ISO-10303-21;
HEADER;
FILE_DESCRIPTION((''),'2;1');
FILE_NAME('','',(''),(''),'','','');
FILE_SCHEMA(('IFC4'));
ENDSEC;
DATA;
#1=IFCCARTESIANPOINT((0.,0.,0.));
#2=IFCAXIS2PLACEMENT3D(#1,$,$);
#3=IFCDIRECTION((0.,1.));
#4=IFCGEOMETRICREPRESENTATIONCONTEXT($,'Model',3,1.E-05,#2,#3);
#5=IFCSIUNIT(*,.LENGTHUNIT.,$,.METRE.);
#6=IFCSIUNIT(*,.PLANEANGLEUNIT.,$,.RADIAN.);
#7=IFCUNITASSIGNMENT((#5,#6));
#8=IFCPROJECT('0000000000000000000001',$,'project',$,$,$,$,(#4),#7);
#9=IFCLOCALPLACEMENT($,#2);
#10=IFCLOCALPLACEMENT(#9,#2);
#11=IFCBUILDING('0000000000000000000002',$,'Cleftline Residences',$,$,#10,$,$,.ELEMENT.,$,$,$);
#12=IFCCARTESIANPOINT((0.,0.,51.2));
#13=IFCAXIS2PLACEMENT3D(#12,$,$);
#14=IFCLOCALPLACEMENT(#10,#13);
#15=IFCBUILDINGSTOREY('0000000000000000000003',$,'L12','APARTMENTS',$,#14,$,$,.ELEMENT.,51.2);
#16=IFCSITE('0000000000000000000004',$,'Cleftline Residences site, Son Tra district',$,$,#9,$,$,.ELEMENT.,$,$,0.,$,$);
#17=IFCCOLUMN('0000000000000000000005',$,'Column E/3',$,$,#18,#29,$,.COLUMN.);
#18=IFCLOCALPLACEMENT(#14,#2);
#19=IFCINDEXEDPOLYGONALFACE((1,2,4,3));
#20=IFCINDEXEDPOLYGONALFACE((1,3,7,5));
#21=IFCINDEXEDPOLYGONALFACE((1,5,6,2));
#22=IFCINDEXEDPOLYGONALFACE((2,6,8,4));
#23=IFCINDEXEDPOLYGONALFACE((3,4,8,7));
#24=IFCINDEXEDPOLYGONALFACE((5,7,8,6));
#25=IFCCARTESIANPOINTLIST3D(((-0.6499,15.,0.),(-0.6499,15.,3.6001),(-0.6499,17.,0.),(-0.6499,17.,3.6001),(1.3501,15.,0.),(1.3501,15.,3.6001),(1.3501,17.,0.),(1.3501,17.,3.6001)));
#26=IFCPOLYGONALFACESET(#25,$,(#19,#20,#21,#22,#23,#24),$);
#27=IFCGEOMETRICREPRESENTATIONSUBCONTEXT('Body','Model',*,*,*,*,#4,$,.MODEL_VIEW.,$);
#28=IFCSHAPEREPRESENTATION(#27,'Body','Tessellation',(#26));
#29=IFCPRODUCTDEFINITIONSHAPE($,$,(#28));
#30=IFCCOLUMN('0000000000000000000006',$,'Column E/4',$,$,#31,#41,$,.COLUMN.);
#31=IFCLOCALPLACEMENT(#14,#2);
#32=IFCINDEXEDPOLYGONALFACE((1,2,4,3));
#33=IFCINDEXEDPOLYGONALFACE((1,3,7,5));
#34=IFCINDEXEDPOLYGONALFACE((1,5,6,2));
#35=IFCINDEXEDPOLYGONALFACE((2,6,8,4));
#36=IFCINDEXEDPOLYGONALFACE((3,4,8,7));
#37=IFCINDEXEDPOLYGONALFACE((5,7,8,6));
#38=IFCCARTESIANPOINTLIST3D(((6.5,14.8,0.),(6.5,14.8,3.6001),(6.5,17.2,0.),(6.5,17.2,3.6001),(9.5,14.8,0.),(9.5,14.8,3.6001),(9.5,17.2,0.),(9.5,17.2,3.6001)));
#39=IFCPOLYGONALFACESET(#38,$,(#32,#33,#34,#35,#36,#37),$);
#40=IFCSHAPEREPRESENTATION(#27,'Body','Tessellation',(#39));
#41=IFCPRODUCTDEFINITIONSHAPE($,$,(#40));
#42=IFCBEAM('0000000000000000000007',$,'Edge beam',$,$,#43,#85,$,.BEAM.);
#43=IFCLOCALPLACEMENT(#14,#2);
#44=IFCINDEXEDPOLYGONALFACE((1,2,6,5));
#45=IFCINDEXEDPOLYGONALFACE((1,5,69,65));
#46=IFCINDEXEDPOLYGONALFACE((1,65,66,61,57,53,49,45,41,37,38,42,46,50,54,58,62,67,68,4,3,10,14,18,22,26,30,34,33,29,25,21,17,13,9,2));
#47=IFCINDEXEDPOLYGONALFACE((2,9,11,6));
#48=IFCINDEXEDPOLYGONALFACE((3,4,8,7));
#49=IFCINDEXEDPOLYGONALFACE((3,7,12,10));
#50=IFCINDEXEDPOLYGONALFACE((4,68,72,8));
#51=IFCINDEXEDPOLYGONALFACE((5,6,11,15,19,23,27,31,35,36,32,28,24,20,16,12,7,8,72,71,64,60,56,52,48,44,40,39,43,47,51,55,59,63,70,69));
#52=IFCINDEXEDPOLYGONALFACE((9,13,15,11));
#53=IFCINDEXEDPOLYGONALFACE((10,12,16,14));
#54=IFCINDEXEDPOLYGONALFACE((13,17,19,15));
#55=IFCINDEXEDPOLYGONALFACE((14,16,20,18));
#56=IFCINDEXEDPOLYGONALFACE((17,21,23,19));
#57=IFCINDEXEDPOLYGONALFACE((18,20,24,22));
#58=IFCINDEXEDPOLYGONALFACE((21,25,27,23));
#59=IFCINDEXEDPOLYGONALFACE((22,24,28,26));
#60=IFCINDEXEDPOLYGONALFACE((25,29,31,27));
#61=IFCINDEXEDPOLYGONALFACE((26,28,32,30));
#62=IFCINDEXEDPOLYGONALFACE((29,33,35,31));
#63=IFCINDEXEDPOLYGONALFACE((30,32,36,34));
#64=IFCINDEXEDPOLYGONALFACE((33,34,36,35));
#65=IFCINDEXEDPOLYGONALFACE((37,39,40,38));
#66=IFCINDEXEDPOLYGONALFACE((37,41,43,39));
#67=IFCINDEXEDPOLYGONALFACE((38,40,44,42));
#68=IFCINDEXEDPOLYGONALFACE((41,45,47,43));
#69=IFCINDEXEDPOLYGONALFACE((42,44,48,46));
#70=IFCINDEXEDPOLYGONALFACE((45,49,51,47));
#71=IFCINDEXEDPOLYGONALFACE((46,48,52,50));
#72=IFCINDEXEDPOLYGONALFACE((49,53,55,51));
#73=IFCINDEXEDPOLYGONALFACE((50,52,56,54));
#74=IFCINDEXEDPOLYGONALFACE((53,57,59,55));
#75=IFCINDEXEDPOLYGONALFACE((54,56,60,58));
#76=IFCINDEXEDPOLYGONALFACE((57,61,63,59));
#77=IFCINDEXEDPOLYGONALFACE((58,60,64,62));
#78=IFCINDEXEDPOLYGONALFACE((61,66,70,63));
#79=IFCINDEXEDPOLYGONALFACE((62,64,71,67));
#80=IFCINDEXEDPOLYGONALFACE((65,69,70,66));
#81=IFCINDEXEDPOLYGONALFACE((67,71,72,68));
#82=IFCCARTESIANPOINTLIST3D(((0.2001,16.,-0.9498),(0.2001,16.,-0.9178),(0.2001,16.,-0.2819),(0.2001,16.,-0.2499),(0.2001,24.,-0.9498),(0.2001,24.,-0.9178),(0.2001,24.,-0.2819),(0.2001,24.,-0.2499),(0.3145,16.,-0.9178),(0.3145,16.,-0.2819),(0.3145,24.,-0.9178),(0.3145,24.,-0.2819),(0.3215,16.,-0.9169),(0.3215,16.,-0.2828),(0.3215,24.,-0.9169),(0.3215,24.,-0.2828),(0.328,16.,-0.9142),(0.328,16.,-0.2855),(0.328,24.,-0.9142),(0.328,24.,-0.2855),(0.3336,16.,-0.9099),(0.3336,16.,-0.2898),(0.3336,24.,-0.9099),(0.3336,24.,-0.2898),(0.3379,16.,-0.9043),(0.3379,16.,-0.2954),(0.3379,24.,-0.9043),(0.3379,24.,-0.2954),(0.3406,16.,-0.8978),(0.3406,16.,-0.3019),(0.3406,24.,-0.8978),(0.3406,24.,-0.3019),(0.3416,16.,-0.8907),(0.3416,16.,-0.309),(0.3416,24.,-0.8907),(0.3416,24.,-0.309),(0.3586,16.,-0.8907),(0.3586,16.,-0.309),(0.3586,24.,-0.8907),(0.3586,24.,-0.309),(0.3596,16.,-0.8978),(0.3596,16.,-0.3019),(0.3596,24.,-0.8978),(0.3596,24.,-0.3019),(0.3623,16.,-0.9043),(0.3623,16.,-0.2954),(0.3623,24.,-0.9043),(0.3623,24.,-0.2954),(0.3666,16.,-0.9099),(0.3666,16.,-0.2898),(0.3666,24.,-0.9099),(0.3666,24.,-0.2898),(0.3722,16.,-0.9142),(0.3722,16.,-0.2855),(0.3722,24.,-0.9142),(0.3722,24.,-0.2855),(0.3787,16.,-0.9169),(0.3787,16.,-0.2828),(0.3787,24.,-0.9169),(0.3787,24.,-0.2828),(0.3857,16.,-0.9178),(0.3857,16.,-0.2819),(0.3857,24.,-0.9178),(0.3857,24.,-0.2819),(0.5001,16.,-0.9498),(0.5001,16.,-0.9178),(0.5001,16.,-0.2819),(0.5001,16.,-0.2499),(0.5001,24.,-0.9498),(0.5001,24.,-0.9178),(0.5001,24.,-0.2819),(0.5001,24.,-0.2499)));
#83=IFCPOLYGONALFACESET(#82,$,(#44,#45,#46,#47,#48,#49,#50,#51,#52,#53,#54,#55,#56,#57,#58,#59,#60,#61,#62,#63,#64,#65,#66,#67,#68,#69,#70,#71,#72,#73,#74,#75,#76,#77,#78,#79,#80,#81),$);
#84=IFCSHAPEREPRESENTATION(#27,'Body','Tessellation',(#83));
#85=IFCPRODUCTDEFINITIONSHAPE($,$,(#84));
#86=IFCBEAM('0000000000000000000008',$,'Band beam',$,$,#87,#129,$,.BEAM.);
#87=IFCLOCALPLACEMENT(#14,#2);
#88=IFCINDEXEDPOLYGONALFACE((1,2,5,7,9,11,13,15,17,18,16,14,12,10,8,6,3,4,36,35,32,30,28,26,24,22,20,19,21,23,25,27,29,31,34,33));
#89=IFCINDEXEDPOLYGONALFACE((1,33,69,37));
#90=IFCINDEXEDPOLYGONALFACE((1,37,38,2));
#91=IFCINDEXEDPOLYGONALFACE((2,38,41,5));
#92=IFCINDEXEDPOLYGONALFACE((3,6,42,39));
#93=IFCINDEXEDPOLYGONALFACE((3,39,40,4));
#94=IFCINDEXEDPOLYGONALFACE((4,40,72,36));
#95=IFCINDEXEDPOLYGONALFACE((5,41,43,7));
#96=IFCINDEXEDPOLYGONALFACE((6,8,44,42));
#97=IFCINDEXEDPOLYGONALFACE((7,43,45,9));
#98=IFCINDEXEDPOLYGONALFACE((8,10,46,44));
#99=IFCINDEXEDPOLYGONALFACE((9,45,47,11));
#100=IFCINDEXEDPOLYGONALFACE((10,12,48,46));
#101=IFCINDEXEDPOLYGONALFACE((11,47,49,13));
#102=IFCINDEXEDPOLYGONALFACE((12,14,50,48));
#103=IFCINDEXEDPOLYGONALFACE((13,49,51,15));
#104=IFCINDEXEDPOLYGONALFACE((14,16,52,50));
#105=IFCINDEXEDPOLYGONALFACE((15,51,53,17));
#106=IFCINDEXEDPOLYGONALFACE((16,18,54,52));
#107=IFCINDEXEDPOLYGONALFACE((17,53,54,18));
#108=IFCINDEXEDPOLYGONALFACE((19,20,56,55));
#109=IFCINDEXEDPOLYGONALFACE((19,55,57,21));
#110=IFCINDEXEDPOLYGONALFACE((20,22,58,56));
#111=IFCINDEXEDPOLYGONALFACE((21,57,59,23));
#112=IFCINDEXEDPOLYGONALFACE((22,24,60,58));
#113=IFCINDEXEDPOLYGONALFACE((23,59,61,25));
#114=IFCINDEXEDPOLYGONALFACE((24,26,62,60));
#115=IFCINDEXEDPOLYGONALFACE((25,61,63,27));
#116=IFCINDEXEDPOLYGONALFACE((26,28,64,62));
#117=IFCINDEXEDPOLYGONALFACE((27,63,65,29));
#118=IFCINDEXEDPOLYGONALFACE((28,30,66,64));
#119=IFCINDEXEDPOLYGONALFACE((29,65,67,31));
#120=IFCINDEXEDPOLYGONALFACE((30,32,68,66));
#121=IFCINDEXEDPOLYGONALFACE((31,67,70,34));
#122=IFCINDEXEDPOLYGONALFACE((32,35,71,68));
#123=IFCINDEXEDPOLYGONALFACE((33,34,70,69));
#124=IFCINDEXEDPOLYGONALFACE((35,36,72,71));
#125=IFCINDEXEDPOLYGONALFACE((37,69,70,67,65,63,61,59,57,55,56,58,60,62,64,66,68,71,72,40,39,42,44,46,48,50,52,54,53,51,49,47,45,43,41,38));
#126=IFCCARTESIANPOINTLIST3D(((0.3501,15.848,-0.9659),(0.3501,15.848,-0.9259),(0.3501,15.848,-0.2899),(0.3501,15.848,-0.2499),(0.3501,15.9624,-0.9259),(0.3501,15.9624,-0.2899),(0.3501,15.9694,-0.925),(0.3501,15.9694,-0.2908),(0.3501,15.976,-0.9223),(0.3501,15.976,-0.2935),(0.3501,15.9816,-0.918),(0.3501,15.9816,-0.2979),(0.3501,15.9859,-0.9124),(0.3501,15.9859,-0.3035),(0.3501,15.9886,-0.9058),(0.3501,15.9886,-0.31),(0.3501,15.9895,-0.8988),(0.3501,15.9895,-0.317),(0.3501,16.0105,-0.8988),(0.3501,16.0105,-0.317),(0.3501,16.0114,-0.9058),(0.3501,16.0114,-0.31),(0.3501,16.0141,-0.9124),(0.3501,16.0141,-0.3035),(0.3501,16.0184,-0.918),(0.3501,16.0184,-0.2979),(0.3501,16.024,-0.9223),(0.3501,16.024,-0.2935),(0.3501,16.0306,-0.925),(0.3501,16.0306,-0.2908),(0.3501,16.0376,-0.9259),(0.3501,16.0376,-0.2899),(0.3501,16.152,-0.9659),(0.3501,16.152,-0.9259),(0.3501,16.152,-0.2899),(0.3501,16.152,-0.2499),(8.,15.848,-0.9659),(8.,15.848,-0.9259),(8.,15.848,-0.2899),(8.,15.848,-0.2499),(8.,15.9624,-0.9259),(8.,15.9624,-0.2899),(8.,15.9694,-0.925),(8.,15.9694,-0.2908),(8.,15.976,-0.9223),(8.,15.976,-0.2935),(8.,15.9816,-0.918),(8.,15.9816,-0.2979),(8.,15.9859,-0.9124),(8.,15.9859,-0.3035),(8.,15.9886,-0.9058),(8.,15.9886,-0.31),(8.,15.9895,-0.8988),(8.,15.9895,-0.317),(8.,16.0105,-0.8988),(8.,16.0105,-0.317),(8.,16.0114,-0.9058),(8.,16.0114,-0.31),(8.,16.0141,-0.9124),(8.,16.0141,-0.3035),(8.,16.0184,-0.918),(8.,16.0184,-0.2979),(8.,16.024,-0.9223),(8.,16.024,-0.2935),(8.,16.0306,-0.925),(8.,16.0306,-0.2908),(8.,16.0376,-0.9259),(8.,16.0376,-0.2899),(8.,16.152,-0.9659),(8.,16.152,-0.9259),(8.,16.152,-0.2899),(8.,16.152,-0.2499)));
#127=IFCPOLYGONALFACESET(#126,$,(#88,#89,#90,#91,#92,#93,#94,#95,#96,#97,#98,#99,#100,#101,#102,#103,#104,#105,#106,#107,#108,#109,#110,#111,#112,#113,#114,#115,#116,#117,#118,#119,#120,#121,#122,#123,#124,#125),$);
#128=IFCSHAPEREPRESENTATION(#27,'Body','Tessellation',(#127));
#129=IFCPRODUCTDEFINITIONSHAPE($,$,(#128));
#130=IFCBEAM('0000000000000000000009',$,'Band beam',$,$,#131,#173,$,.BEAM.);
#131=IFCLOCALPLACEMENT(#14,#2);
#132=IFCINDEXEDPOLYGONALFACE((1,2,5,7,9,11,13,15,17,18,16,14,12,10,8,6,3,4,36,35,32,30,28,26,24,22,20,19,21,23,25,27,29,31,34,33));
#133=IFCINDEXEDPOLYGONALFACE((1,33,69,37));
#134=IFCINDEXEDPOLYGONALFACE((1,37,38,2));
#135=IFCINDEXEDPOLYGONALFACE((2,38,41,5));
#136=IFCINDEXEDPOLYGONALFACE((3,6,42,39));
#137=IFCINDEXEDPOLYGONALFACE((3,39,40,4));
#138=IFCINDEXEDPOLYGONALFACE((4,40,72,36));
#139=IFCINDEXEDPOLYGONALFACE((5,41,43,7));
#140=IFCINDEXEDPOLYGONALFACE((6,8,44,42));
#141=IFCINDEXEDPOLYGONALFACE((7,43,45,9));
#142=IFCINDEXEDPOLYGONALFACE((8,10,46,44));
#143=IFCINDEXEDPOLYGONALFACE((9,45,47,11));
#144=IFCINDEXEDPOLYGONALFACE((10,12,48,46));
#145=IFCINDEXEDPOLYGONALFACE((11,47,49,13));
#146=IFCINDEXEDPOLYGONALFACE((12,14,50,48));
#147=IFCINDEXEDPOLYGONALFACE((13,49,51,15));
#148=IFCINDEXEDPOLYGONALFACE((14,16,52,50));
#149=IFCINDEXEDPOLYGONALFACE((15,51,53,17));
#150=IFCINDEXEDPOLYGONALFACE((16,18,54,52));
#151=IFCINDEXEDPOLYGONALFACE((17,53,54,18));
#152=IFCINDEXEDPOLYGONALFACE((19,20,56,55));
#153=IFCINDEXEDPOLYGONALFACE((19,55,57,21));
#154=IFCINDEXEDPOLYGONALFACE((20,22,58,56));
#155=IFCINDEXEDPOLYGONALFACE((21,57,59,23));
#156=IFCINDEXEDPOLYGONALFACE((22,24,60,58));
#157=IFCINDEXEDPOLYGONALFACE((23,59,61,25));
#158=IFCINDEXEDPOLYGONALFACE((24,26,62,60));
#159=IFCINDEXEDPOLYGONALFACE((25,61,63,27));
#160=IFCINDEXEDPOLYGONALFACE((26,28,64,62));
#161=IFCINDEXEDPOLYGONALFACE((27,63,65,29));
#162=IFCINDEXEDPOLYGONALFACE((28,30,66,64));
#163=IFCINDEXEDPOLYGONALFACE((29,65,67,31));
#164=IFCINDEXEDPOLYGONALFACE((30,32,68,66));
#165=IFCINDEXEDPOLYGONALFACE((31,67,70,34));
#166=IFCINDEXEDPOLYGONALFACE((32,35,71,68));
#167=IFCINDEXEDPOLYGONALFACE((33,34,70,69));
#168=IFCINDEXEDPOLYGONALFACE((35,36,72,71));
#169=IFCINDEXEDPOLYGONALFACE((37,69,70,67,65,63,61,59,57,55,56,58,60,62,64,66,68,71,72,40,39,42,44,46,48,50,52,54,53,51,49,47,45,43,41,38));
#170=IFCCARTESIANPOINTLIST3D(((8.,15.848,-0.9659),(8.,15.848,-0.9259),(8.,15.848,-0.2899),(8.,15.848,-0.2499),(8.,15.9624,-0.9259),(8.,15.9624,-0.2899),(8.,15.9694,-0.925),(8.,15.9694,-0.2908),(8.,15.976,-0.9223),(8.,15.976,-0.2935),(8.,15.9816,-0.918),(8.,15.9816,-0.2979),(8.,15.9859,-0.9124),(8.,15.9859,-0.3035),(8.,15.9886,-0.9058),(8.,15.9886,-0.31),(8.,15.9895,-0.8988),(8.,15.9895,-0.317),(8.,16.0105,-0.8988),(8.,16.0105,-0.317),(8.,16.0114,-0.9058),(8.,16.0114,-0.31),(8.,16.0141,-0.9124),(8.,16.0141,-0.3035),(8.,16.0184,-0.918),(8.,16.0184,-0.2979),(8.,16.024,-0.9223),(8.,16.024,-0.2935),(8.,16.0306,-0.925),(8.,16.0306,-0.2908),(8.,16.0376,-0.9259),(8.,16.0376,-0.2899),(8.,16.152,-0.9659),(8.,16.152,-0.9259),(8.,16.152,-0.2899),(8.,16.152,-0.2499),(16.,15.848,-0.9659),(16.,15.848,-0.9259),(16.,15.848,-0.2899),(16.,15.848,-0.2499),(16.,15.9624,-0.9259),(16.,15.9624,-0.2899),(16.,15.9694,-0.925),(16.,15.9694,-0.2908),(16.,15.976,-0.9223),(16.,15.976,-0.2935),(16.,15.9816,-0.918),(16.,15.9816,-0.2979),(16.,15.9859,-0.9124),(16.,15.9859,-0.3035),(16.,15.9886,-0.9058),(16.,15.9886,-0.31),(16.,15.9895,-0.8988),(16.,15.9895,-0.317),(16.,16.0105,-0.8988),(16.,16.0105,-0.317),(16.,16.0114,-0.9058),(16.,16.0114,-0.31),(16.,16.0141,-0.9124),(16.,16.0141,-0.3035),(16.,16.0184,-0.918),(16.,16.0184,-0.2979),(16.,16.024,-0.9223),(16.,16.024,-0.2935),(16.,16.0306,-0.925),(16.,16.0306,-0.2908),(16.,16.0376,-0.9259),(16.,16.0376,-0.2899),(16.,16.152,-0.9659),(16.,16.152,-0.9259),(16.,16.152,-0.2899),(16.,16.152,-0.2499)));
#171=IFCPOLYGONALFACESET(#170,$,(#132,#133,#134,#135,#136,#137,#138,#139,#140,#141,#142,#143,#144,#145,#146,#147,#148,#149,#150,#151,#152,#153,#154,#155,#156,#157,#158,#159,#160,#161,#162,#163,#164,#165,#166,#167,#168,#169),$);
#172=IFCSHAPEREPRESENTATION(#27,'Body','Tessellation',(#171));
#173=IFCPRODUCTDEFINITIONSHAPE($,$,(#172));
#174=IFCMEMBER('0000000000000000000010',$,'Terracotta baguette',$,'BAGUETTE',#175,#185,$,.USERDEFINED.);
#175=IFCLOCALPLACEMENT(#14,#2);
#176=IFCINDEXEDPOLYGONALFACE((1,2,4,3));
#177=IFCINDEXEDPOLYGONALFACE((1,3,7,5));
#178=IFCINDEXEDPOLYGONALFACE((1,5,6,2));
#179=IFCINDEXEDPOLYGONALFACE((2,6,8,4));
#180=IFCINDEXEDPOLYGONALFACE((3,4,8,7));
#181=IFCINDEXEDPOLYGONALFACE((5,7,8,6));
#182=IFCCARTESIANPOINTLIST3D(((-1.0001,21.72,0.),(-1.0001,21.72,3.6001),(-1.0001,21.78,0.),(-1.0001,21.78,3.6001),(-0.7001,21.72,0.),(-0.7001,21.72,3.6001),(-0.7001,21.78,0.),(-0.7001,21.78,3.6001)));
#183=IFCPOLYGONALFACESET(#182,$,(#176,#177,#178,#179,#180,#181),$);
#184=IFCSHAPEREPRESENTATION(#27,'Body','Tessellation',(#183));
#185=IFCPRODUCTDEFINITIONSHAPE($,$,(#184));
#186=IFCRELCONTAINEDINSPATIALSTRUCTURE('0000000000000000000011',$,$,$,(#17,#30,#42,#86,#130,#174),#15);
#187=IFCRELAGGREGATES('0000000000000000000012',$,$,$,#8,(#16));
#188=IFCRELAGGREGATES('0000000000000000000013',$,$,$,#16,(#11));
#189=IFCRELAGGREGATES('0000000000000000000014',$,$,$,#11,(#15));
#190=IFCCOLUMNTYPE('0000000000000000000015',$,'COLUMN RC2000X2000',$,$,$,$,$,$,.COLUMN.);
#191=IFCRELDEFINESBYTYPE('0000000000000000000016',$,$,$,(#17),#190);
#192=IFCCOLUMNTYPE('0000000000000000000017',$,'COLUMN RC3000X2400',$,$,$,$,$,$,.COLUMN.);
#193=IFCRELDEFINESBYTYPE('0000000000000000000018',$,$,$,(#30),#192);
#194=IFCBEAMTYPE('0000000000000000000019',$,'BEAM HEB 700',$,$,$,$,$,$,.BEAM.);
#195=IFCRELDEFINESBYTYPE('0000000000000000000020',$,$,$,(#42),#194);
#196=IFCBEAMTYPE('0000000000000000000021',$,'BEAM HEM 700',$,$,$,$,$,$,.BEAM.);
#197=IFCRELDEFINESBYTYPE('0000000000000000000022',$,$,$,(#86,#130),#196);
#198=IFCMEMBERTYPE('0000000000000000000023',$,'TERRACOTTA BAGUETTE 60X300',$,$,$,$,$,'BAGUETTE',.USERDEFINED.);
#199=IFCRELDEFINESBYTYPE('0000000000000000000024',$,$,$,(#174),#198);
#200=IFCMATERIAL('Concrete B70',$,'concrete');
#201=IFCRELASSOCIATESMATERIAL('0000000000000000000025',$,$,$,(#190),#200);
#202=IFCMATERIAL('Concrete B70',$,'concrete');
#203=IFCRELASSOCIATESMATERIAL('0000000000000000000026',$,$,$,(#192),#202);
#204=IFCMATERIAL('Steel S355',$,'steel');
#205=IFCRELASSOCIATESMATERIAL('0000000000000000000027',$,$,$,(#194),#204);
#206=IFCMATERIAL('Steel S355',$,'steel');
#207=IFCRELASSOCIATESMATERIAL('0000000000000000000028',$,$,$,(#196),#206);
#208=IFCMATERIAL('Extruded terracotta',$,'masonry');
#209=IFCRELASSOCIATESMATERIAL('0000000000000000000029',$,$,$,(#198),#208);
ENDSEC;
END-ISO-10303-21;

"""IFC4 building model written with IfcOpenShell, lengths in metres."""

from ifc_helpers import new_model, si_unit, direction, frame, origin, origin_2d, place, context, subcontext, project, spatial, rectangle, i_section, extrude, material, material_profile, profile_set, type_object, element, save


model = new_model("IFC4")

# Units and contexts
model_context = context("Model", 3, precision=1e-05, world=origin(), true_north=direction((0.0, 1.0)))
body_context = subcontext(model_context, "Body", "Model", "MODEL_VIEW")
ifc_project = project(units=[si_unit("LENGTHUNIT", "METRE"), si_unit("PLANEANGLEUNIT", "RADIAN")], contexts=[model_context])

# Site, building, storey
site_placement = place(None, origin())
site = spatial("IfcSite", under=ifc_project, at=site_placement, Name="Cleftline Residences site, Son Tra district", CompositionType="ELEMENT", RefElevation=0.0)
building_placement = place(site_placement, origin())
building = spatial("IfcBuilding", under=site, at=building_placement, Name="Cleftline Residences", CompositionType="ELEMENT")
storey_placement = place(building_placement, frame((0.0, 0.0, 51.2)))
storey = spatial("IfcBuildingStorey", under=building, at=storey_placement, Name="L12", Description="APARTMENTS", CompositionType="ELEMENT", Elevation=51.2)

# Columns
ifc_material_1 = material(Name="Concrete B70", Category="concrete")
ifc_material_profile_1 = material_profile(ifc_material_1, rectangle(XDim=2.0, YDim=2.0, at=origin_2d()))
ifc_profile_set_1 = profile_set([ifc_material_profile_1], Name="Concrete B70")
column_type_1 = type_object("IfcColumnType", Name="COLUMN RC2000X2000", PredefinedType="COLUMN", material=ifc_profile_set_1)
column_1_placement = place(storey_placement, frame((0.3501, 16.0, 0.0), z_axis=(0.0, 0.0, 1.0), x_axis=(1.0, 0.0, 0.0)))
element("IfcColumn", 1, at=column_1_placement, inside=storey, type_object=column_type_1, Name="Column E/3", PredefinedType="COLUMN", context=body_context, shape_type="SweptSolid", body=[
    extrude(rectangle(XDim=2.0, YDim=2.0, at=origin_2d()), origin(), (0.0, 0.0, 1.0), 3.6001),
])
ifc_material_2 = material(Name="Concrete B70", Category="concrete")
ifc_material_profile_2 = material_profile(ifc_material_2, rectangle(XDim=3.0, YDim=2.3999, at=origin_2d()))
ifc_profile_set_2 = profile_set([ifc_material_profile_2], Name="Concrete B70")
column_type_2 = type_object("IfcColumnType", Name="COLUMN RC3000X2400", PredefinedType="COLUMN", material=ifc_profile_set_2)
column_2_placement = place(storey_placement, frame((8.0, 16.0, 0.0), z_axis=(0.0, 0.0, 1.0), x_axis=(1.0, 0.0, 0.0)))
element("IfcColumn", 2, at=column_2_placement, inside=storey, type_object=column_type_2, Name="Column E/4", PredefinedType="COLUMN", context=body_context, shape_type="SweptSolid", body=[
    extrude(rectangle(XDim=3.0, YDim=2.3999, at=origin_2d()), origin(), (0.0, 0.0, 1.0), 3.6001),
])

# Beams
ifc_material_3 = material(Name="Steel S355", Category="steel")
ifc_material_profile_3 = material_profile(ifc_material_3, i_section(OverallWidth=0.3, OverallDepth=0.7, WebThickness=0.0171, FlangeThickness=0.032, FilletRadius=0.0271, at=origin_2d()))
ifc_profile_set_3 = profile_set([ifc_material_profile_3], Name="Steel S355")
beam_type_1 = type_object("IfcBeamType", Name="BEAM HEB 700", PredefinedType="BEAM", material=ifc_profile_set_3)
beam_1_placement = place(storey_placement, frame((0.3501, 16.0, -0.5999), z_axis=(0.0, 1.0, 0.0), x_axis=(-1.0, 0.0, 0.0)))
element("IfcBeam", 3, at=beam_1_placement, inside=storey, type_object=beam_type_1, Name="Edge beam", PredefinedType="BEAM", context=body_context, shape_type="SweptSolid", body=[
    extrude(i_section(OverallWidth=0.3, OverallDepth=0.7, WebThickness=0.0171, FlangeThickness=0.032, FilletRadius=0.0271, at=origin_2d()), origin(), (0.0, 0.0, 1.0), 8.0),
])
ifc_material_4 = material(Name="Steel S355", Category="steel")
ifc_material_profile_4 = material_profile(ifc_material_4, i_section(OverallWidth=0.304, OverallDepth=0.7161, WebThickness=0.021, FlangeThickness=0.04, FilletRadius=0.0271, at=origin_2d()))
ifc_profile_set_4 = profile_set([ifc_material_profile_4], Name="Steel S355")
beam_type_2 = type_object("IfcBeamType", Name="BEAM HEM 700", PredefinedType="BEAM", material=ifc_profile_set_4)
beam_2_placement = place(storey_placement, frame((0.3501, 16.0, -0.6079), z_axis=(1.0, 0.0, 0.0), x_axis=(0.0, 1.0, 0.0)))
element("IfcBeam", 4, at=beam_2_placement, inside=storey, type_object=beam_type_2, Name="Band beam", PredefinedType="BEAM", context=body_context, shape_type="SweptSolid", body=[
    extrude(i_section(OverallWidth=0.304, OverallDepth=0.7161, WebThickness=0.021, FlangeThickness=0.04, FilletRadius=0.0271, at=origin_2d()), origin(), (0.0, 0.0, 1.0), 7.6499),
])
beam_3_placement = place(storey_placement, frame((8.0, 16.0, -0.6079), z_axis=(1.0, 0.0, 0.0), x_axis=(0.0, 1.0, 0.0)))
element("IfcBeam", 5, at=beam_3_placement, inside=storey, type_object=beam_type_2, Name="Band beam", PredefinedType="BEAM", context=body_context, shape_type="SweptSolid", body=[
    extrude(i_section(OverallWidth=0.304, OverallDepth=0.7161, WebThickness=0.021, FlangeThickness=0.04, FilletRadius=0.0271, at=origin_2d()), origin(), (0.0, 0.0, 1.0), 8.0),
])

# Member
ifc_material_5 = material(Name="Extruded terracotta", Category="masonry")
ifc_material_profile_5 = material_profile(ifc_material_5, rectangle(XDim=0.0601, YDim=0.3, at=origin_2d()))
ifc_profile_set_5 = profile_set([ifc_material_profile_5], Name="Extruded terracotta")
member_type = type_object("IfcMemberType", Name="TERRACOTTA BAGUETTE 60X300", ElementType="BAGUETTE", PredefinedType="USERDEFINED", material=ifc_profile_set_5)
for number, where, z_axis, x_axis, name in (
    (6, (-0.8501, 21.75, 0.0), (0.0, 0.0, 1.0), (0.0, 1.0, 0.0), "Terracotta baguette"),
):
    element("IfcMember", number, at=place(storey_placement, frame(where, z_axis=z_axis, x_axis=x_axis)), inside=storey, type_object=member_type, Name=name, ObjectType="BAGUETTE", PredefinedType="USERDEFINED", context=body_context, shape_type="SweptSolid", body=[
        extrude(rectangle(XDim=0.0601, YDim=0.3, at=origin_2d()), origin(), (0.0, 0.0, 1.0), 3.6001),
    ])

save(model, "model.ifc")
